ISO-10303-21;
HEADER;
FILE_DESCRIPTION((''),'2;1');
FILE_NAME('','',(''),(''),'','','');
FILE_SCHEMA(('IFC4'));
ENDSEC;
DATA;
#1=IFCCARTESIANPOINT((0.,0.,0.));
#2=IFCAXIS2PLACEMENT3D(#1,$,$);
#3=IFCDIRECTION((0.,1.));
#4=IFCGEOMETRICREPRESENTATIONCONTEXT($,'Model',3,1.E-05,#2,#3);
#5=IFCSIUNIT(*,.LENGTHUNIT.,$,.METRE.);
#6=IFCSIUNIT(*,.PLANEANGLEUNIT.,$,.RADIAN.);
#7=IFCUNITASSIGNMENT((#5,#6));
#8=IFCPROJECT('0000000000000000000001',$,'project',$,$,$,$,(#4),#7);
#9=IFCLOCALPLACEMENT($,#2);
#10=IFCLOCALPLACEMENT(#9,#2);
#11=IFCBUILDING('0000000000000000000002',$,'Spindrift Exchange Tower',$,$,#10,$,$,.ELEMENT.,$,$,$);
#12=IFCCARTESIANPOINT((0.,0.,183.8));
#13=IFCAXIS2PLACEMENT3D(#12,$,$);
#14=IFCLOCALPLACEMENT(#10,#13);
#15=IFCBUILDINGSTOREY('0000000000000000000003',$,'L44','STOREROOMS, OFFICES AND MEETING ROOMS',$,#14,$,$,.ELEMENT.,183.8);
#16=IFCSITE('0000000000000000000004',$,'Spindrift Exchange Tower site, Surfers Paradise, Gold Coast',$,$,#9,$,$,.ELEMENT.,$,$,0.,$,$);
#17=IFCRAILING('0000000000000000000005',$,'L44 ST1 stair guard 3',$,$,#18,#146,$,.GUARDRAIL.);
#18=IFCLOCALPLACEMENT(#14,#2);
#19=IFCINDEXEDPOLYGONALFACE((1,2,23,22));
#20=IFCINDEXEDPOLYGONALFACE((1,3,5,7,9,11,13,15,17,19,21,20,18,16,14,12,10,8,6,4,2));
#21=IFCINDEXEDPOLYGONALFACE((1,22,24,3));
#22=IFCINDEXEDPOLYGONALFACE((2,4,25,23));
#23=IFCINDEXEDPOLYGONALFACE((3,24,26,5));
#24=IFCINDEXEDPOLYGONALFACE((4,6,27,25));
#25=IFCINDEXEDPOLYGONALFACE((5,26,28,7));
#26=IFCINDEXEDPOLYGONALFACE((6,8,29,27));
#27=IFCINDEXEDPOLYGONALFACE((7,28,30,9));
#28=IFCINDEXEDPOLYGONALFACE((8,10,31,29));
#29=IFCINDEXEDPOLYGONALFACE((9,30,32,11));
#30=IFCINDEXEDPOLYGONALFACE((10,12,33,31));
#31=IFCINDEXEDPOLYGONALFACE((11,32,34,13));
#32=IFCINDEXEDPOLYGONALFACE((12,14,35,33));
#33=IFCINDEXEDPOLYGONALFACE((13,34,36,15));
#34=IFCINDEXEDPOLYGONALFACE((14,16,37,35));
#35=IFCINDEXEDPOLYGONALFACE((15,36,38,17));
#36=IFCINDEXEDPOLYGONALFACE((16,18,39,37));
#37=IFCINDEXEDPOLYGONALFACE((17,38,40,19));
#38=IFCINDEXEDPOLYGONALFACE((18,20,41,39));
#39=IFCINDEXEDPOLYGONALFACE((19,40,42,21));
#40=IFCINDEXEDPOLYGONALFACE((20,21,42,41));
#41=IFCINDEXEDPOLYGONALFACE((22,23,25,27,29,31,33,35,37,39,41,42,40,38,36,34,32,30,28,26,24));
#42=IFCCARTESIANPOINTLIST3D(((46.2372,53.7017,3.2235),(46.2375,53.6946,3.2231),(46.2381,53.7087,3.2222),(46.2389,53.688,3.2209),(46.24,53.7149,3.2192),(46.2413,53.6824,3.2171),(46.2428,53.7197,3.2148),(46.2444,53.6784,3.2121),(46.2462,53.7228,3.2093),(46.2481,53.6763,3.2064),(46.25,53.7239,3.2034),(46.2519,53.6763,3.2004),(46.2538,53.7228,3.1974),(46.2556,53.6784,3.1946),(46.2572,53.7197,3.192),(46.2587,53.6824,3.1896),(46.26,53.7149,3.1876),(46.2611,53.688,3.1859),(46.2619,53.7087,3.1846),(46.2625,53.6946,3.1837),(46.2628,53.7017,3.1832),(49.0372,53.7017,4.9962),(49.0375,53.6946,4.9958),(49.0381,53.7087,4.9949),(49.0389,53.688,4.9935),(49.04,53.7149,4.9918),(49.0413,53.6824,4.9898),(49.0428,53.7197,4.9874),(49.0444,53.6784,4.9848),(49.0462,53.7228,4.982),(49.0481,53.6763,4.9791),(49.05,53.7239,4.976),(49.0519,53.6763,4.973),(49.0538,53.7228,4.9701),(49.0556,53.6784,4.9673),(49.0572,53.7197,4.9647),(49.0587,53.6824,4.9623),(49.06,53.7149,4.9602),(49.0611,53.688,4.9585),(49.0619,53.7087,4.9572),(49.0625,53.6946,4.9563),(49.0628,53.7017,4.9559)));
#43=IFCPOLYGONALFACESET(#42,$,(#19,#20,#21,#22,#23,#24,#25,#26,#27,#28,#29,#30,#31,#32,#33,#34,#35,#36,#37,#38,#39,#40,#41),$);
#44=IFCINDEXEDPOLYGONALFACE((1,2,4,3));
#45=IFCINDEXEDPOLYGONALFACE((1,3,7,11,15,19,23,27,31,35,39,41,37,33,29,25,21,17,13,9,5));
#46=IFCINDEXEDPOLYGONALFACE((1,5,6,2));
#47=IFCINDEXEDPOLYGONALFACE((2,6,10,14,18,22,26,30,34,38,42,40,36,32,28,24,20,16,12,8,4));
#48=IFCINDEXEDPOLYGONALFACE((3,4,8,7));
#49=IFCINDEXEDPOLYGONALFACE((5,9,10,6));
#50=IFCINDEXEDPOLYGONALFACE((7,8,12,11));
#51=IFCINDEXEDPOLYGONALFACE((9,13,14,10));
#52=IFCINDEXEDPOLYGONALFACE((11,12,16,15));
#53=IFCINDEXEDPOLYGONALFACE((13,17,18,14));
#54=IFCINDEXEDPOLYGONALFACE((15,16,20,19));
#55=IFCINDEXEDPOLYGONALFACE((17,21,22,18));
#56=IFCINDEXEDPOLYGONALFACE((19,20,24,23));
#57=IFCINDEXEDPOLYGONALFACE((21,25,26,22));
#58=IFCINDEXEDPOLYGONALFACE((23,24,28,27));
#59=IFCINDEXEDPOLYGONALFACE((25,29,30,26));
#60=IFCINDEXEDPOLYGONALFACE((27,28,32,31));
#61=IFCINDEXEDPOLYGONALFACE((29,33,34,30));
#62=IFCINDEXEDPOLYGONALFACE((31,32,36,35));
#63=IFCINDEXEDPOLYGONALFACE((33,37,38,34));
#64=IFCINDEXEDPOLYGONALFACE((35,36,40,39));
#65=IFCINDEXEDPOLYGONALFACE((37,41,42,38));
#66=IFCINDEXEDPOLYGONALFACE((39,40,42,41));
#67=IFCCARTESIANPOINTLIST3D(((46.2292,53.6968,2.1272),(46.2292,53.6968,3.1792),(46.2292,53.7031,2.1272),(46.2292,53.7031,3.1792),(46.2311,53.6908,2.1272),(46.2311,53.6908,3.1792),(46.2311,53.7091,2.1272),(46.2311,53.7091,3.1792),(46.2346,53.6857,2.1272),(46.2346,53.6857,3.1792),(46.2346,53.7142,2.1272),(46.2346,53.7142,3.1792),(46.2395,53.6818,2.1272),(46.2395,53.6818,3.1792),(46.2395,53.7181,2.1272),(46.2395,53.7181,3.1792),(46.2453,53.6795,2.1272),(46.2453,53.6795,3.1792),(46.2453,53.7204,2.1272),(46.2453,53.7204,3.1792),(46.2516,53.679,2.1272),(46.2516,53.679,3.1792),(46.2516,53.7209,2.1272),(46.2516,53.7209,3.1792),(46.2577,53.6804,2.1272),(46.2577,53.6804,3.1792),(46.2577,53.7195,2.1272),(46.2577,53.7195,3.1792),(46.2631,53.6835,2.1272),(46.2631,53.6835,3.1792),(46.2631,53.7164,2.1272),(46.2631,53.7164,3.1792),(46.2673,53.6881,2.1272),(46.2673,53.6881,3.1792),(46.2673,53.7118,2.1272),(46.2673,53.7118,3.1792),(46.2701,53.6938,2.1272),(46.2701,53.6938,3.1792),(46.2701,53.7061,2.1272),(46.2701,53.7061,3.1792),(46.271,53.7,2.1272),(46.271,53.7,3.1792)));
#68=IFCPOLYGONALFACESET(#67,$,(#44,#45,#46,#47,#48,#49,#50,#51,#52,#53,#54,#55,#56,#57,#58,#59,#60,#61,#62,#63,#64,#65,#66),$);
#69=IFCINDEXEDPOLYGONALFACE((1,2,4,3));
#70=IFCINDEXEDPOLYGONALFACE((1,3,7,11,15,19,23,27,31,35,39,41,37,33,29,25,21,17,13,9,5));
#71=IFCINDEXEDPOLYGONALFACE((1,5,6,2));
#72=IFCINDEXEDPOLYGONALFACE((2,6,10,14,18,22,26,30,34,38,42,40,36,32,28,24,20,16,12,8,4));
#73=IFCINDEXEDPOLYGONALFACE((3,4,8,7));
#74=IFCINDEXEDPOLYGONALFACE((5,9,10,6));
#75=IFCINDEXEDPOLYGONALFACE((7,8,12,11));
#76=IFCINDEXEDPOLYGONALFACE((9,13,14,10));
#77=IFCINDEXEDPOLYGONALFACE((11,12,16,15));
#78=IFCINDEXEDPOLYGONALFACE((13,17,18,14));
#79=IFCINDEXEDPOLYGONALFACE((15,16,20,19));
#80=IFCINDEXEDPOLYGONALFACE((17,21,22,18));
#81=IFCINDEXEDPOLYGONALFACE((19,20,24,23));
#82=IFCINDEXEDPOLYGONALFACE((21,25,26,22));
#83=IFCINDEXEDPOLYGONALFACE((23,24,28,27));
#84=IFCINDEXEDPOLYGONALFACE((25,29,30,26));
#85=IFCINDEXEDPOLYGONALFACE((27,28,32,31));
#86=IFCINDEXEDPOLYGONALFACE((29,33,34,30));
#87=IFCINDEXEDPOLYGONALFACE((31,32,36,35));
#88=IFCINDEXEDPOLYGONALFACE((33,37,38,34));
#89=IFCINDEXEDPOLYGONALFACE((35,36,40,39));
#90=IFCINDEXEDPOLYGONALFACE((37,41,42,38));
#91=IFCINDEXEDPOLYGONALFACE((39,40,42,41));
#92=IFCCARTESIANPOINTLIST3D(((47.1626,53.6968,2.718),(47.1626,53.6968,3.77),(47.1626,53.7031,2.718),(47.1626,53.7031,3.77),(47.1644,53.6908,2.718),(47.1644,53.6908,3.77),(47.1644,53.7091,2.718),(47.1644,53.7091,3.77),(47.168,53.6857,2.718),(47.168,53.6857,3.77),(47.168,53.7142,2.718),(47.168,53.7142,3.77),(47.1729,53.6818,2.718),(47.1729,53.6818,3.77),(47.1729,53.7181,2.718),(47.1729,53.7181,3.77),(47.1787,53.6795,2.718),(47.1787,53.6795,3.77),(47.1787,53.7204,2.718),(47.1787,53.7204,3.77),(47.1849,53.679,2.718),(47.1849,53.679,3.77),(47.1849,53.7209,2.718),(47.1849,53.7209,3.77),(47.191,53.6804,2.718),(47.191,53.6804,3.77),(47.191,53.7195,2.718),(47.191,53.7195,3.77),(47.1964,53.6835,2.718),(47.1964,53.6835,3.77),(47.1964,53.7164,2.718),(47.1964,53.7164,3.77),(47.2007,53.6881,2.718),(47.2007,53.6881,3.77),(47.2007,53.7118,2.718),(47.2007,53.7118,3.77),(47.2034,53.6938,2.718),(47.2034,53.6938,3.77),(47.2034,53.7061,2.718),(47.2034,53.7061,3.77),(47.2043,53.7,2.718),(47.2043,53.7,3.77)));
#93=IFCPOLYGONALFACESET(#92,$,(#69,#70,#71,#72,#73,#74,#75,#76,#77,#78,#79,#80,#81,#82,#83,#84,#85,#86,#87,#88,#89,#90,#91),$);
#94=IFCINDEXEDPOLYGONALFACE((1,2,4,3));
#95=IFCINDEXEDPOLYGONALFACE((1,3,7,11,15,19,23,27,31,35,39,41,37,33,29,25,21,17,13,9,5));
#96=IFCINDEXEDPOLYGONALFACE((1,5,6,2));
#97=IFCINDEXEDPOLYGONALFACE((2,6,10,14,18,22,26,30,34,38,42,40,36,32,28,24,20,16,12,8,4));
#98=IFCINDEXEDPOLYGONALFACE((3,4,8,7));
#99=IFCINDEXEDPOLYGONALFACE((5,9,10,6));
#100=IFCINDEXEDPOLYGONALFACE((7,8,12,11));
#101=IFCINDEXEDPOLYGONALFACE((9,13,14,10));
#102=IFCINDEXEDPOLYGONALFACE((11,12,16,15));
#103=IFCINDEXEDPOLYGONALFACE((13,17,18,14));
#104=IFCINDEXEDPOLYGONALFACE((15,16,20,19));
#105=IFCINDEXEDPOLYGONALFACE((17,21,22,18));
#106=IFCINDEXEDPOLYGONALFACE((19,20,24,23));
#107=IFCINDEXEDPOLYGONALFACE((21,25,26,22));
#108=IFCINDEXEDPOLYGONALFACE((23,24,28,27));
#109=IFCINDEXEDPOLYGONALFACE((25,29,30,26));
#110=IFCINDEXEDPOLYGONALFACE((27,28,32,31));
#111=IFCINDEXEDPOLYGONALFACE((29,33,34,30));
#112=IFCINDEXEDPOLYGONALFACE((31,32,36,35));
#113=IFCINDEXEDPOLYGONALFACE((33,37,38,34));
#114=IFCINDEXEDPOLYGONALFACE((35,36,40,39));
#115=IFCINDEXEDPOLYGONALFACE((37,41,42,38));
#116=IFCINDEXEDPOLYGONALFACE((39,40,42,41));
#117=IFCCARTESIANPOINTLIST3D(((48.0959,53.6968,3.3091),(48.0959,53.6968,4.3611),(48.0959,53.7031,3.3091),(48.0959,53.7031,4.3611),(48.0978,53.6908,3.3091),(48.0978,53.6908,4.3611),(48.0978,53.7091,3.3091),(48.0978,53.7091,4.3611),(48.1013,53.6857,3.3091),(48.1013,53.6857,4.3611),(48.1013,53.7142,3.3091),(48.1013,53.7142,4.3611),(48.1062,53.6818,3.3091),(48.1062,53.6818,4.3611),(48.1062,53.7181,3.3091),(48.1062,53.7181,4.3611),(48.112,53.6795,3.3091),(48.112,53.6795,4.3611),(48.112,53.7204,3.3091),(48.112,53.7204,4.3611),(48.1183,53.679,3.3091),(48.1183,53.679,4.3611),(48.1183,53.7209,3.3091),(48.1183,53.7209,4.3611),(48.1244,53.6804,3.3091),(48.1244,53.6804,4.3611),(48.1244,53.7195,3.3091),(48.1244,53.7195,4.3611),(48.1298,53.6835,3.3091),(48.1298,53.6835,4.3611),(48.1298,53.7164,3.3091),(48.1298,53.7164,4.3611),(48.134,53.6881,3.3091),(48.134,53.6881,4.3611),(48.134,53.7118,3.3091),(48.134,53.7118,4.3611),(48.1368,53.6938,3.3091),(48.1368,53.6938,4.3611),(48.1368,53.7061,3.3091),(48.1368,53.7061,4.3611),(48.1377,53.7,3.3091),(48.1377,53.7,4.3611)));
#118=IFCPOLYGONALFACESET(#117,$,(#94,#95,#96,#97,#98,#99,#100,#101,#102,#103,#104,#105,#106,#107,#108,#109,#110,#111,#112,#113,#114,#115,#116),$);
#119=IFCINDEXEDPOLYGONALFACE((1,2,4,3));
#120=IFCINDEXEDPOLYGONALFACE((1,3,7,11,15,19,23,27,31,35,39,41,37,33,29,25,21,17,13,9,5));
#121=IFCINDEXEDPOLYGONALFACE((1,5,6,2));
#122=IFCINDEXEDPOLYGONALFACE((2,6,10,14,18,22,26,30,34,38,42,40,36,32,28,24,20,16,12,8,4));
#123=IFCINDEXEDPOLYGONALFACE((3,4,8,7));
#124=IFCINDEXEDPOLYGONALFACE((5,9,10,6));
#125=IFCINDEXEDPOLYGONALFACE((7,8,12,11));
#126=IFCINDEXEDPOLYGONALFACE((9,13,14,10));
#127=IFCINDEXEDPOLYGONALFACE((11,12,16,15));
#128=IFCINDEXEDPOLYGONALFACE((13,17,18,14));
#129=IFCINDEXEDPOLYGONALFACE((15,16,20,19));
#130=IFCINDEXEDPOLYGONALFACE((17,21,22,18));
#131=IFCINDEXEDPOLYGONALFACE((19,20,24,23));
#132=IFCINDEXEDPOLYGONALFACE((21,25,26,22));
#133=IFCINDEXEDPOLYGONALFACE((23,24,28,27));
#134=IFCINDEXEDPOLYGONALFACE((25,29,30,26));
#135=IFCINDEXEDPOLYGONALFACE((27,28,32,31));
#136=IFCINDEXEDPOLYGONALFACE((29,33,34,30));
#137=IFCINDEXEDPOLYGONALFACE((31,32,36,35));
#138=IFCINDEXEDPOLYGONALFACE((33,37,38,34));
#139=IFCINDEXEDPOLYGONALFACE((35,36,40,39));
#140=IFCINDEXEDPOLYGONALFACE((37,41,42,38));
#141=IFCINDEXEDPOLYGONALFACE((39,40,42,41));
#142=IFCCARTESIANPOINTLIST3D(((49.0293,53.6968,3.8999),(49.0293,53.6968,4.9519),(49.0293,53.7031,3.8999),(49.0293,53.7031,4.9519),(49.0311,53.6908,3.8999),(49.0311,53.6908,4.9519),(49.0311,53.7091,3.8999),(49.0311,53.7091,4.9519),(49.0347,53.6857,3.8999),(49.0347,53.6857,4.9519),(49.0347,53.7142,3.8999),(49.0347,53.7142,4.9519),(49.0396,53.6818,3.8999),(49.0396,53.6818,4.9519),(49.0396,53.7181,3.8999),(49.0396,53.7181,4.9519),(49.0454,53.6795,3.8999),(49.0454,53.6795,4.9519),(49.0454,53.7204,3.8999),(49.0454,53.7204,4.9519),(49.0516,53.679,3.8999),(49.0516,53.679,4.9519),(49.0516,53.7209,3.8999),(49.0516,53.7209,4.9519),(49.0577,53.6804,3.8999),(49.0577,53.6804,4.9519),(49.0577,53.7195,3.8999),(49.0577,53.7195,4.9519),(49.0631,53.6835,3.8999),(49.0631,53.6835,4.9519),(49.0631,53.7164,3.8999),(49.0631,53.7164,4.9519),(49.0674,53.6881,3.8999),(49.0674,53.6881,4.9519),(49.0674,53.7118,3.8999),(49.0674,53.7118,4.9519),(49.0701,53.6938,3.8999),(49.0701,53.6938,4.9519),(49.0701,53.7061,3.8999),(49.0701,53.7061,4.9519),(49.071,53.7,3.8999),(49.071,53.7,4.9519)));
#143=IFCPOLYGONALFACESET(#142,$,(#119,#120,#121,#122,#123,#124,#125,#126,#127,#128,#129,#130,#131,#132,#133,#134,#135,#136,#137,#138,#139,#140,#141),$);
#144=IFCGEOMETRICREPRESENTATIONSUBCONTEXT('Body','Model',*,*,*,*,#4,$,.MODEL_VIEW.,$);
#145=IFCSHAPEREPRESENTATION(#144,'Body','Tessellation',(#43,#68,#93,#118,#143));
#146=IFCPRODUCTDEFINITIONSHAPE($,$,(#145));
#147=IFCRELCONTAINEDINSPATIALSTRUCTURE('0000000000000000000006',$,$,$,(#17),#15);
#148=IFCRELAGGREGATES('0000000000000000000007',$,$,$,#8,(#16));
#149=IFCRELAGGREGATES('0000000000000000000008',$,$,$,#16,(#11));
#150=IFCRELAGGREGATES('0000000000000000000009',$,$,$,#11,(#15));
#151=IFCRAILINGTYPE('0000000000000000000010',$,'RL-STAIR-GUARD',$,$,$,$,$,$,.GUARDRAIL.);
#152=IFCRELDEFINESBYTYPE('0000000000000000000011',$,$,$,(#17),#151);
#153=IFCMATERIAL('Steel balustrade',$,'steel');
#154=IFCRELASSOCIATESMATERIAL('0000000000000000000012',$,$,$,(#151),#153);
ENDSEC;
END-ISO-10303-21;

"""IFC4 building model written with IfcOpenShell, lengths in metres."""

from ifc_helpers import new_model, si_unit, direction, frame, origin, origin_2d, place, context, subcontext, project, spatial, circle, extrude, material, type_object, element, save


model = new_model("IFC4")

# Units and contexts
model_context = context("Model", 3, precision=1e-05, world=origin(), true_north=direction((0.0, 1.0)))
body_context = subcontext(model_context, "Body", "Model", "MODEL_VIEW")
ifc_project = project(units=[si_unit("LENGTHUNIT", "METRE"), si_unit("PLANEANGLEUNIT", "RADIAN")], contexts=[model_context])

# Site, building, storey
site_placement = place(None, origin())
site = spatial("IfcSite", under=ifc_project, at=site_placement, Name="Spindrift Exchange Tower site, Surfers Paradise, Gold Coast", CompositionType="ELEMENT", RefElevation=0.0)
building_placement = place(site_placement, origin())
building = spatial("IfcBuilding", under=site, at=building_placement, Name="Spindrift Exchange Tower", CompositionType="ELEMENT")
storey_placement = place(building_placement, frame((0.0, 0.0, 183.8)))
storey = spatial("IfcBuildingStorey", under=building, at=storey_placement, Name="L44", Description="STOREROOMS, OFFICES AND MEETING ROOMS", CompositionType="ELEMENT", Elevation=183.8)

# Railing
ifc_material_1 = material(Name="Steel balustrade", Category="steel")
railing_type_1 = type_object("IfcRailingType", Name="RL-STAIR-GUARD", PredefinedType="GUARDRAIL", material=ifc_material_1)
railing_1_placement = place(storey_placement, frame((46.25, 53.7, 2.1272)))
element("IfcRailing", 1, at=railing_1_placement, inside=storey, type_object=railing_type_1, Name="L44 ST1 stair guard 3", PredefinedType="GUARDRAIL", context=body_context, shape_type="SweptSolid", body=[
    extrude(circle(Radius=0.0239, at=origin_2d()), frame((0.0, 0.0, 1.0762), z_axis=(0.844909, 0.0, 0.53491), x_axis=(0.0, 1.0, 0.0)), (0.0, 0.0, 1.0), 3.314),
    extrude(circle(Radius=0.021, at=origin_2d()), origin(), (0.0, 0.0, 1.0), 1.052),
    extrude(circle(Radius=0.021, at=origin_2d()), frame((0.9333, 0.0, 0.5908)), (0.0, 0.0, 1.0), 1.052),
    extrude(circle(Radius=0.021, at=origin_2d()), frame((1.8667, 0.0, 1.1819)), (0.0, 0.0, 1.0), 1.052),
    extrude(circle(Radius=0.021, at=origin_2d()), frame((2.8, 0.0, 1.7727)), (0.0, 0.0, 1.0), 1.052),
])

save(model, "model.ifc")
